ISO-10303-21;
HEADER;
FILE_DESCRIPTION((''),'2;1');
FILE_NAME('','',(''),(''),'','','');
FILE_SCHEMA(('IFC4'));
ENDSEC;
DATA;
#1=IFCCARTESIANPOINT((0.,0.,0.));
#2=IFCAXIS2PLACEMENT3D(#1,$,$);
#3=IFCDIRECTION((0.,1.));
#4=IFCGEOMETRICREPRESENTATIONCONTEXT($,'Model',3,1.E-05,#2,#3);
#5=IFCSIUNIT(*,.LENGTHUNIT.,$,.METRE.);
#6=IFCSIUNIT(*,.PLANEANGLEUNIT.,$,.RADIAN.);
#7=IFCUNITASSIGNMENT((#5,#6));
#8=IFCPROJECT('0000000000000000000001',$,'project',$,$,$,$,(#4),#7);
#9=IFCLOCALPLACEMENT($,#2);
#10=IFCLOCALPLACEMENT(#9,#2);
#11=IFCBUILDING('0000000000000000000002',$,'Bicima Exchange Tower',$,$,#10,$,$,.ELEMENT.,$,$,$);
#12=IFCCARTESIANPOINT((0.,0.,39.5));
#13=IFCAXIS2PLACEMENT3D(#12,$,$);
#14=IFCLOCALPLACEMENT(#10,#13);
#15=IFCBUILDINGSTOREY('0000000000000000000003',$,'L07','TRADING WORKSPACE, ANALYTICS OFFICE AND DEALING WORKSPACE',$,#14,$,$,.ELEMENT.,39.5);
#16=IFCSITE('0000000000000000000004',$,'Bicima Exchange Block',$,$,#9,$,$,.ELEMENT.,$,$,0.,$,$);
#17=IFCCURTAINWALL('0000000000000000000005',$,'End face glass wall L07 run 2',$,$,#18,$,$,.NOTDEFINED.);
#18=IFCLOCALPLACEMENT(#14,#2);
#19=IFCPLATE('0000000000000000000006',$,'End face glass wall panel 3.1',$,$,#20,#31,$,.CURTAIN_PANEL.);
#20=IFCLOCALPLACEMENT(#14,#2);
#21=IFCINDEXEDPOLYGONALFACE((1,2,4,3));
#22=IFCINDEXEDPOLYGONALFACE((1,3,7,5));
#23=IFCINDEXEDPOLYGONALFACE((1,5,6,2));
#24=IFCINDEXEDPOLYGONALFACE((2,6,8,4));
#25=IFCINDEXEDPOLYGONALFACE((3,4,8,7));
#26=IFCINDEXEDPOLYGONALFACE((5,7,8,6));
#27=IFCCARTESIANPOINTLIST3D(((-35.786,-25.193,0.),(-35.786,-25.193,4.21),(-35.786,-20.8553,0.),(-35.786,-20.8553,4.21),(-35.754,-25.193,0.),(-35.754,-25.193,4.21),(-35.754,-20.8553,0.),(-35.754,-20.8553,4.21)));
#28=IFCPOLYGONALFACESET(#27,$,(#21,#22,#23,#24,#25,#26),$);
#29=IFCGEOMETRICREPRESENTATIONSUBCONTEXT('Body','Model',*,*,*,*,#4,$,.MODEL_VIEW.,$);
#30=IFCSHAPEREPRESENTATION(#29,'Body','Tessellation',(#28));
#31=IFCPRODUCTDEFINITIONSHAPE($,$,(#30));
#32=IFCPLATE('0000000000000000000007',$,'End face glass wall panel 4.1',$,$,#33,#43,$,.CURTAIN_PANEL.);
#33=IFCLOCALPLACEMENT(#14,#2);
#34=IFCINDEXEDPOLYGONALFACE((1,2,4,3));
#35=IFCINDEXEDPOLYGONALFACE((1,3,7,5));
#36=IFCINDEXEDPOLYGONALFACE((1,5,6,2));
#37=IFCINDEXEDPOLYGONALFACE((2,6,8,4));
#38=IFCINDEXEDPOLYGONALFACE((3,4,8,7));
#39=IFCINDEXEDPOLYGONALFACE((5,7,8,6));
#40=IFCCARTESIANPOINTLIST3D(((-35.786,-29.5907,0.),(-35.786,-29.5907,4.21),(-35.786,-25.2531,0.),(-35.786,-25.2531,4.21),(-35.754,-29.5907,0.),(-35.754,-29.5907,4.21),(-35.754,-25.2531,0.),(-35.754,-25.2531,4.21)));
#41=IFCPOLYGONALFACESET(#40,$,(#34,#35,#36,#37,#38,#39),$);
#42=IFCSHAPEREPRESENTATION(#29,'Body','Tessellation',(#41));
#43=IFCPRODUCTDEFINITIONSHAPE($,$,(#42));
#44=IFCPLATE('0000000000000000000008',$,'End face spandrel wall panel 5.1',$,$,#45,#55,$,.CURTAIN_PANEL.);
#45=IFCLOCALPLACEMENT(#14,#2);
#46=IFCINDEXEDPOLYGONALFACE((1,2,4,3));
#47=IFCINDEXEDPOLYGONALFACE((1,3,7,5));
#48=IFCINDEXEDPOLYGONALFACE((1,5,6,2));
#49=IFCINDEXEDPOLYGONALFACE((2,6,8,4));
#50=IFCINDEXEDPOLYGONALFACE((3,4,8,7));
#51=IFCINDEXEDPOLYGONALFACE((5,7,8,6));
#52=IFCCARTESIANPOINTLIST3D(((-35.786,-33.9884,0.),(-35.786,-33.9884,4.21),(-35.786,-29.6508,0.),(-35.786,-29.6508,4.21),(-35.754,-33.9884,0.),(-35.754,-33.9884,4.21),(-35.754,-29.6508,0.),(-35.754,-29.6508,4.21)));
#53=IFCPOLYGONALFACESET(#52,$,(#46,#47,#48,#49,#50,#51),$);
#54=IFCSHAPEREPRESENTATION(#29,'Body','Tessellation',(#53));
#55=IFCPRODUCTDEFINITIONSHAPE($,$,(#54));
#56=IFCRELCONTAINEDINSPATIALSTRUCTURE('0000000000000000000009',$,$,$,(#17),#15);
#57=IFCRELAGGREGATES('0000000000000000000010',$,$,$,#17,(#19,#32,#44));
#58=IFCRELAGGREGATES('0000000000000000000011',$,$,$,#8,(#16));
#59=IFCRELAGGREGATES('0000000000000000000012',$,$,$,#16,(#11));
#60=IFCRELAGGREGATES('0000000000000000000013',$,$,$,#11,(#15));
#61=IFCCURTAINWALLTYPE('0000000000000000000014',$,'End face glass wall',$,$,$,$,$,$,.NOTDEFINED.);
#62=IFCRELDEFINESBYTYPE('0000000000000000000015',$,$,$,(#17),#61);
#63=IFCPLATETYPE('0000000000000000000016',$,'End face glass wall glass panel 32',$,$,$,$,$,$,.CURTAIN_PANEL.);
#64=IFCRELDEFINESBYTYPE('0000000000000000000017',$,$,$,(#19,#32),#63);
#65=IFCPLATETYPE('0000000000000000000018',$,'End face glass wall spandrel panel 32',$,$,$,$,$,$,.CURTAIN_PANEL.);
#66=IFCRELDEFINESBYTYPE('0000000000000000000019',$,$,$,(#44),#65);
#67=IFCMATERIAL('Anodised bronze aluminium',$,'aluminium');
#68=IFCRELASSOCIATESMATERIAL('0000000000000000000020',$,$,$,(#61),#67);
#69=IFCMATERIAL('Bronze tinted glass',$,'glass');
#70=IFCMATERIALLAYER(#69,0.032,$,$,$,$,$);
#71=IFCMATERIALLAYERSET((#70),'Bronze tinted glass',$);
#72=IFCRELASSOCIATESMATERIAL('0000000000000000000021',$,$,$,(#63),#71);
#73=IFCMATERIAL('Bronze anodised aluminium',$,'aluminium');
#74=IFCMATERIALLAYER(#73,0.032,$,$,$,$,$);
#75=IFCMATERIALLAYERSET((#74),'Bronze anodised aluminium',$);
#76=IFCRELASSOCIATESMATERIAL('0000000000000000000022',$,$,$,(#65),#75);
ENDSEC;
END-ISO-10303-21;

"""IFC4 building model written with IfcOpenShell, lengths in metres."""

from ifc_helpers import new_model, si_unit, direction, frame, origin, origin_2d, place, context, subcontext, project, spatial, rectangle, extrude, material, layer, layer_set, type_object, element, aggregate, save


model = new_model("IFC4")

# Units and contexts
model_context = context("Model", 3, precision=1e-05, world=origin(), true_north=direction((0.0, 1.0)))
body_context = subcontext(model_context, "Body", "Model", "MODEL_VIEW")
ifc_project = project(units=[si_unit("LENGTHUNIT", "METRE"), si_unit("PLANEANGLEUNIT", "RADIAN")], contexts=[model_context])

# Site, building, storey
site_placement = place(None, origin())
site = spatial("IfcSite", under=ifc_project, at=site_placement, Name="Bicima Exchange Block", CompositionType="ELEMENT", RefElevation=0.0)
building_placement = place(site_placement, origin())
building = spatial("IfcBuilding", under=site, at=building_placement, Name="Bicima Exchange Tower", CompositionType="ELEMENT")
storey_placement = place(building_placement, frame((0.0, 0.0, 39.5)))
storey = spatial("IfcBuildingStorey", under=building, at=storey_placement, Name="L07", Description="TRADING WORKSPACE, ANALYTICS OFFICE AND DEALING WORKSPACE", CompositionType="ELEMENT", Elevation=39.5)

# Curtain wall
ifc_material_1 = material(Name="Anodised bronze aluminium", Category="aluminium")
curtain_wall_type = type_object("IfcCurtainWallType", Name="End face glass wall", PredefinedType="NOTDEFINED", material=ifc_material_1)
curtain_wall_placement = place(storey_placement, origin())
curtain_wall = element("IfcCurtainWall", 1, at=curtain_wall_placement, inside=storey, type_object=curtain_wall_type, Name="End face glass wall L07 run 2", PredefinedType="NOTDEFINED")

# Plates
ifc_material_2 = material(Name="Bronze tinted glass", Category="glass")
ifc_layer_1 = layer(ifc_material_2, 0.032)
ifc_layer_set_1 = layer_set([ifc_layer_1], Name="Bronze tinted glass")
plate_type_1 = type_object("IfcPlateType", Name="End face glass wall glass panel 32", PredefinedType="CURTAIN_PANEL", material=ifc_layer_set_1)
plate_1_placement = place(storey_placement, frame((-35.77, -23.0242, 0.0), z_axis=(0.0, 0.0, 1.0), x_axis=(0.0, -1.0, 0.0)))
plate_1 = element("IfcPlate", 2, at=plate_1_placement, type_object=plate_type_1, Name="End face glass wall panel 3.1", PredefinedType="CURTAIN_PANEL", context=body_context, shape_type="SweptSolid", body=[
    extrude(rectangle(XDim=4.3376, YDim=0.032, at=origin_2d()), origin(), (0.0, 0.0, 1.0), 4.21),
])
plate_2_placement = place(storey_placement, frame((-35.77, -27.4219, 0.0), z_axis=(0.0, 0.0, 1.0), x_axis=(0.0, -1.0, 0.0)))
plate_2 = element("IfcPlate", 3, at=plate_2_placement, type_object=plate_type_1, Name="End face glass wall panel 4.1", PredefinedType="CURTAIN_PANEL", context=body_context, shape_type="SweptSolid", body=[
    extrude(rectangle(XDim=4.3376, YDim=0.032, at=origin_2d()), origin(), (0.0, 0.0, 1.0), 4.21),
])
ifc_material_3 = material(Name="Bronze anodised aluminium", Category="aluminium")
ifc_layer_2 = layer(ifc_material_3, 0.032)
ifc_layer_set_2 = layer_set([ifc_layer_2], Name="Bronze anodised aluminium")
plate_type_2 = type_object("IfcPlateType", Name="End face glass wall spandrel panel 32", PredefinedType="CURTAIN_PANEL", material=ifc_layer_set_2)
plate_3_placement = place(storey_placement, frame((-35.77, -31.8196, 0.0), z_axis=(0.0, 0.0, 1.0), x_axis=(0.0, -1.0, 0.0)))
plate_3 = element("IfcPlate", 4, at=plate_3_placement, type_object=plate_type_2, Name="End face spandrel wall panel 5.1", PredefinedType="CURTAIN_PANEL", context=body_context, shape_type="SweptSolid", body=[
    extrude(rectangle(XDim=4.3376, YDim=0.032, at=origin_2d()), origin(), (0.0, 0.0, 1.0), 4.21),
])
aggregate(curtain_wall, [plate_1, plate_2, plate_3])

save(model, "model.ifc")
